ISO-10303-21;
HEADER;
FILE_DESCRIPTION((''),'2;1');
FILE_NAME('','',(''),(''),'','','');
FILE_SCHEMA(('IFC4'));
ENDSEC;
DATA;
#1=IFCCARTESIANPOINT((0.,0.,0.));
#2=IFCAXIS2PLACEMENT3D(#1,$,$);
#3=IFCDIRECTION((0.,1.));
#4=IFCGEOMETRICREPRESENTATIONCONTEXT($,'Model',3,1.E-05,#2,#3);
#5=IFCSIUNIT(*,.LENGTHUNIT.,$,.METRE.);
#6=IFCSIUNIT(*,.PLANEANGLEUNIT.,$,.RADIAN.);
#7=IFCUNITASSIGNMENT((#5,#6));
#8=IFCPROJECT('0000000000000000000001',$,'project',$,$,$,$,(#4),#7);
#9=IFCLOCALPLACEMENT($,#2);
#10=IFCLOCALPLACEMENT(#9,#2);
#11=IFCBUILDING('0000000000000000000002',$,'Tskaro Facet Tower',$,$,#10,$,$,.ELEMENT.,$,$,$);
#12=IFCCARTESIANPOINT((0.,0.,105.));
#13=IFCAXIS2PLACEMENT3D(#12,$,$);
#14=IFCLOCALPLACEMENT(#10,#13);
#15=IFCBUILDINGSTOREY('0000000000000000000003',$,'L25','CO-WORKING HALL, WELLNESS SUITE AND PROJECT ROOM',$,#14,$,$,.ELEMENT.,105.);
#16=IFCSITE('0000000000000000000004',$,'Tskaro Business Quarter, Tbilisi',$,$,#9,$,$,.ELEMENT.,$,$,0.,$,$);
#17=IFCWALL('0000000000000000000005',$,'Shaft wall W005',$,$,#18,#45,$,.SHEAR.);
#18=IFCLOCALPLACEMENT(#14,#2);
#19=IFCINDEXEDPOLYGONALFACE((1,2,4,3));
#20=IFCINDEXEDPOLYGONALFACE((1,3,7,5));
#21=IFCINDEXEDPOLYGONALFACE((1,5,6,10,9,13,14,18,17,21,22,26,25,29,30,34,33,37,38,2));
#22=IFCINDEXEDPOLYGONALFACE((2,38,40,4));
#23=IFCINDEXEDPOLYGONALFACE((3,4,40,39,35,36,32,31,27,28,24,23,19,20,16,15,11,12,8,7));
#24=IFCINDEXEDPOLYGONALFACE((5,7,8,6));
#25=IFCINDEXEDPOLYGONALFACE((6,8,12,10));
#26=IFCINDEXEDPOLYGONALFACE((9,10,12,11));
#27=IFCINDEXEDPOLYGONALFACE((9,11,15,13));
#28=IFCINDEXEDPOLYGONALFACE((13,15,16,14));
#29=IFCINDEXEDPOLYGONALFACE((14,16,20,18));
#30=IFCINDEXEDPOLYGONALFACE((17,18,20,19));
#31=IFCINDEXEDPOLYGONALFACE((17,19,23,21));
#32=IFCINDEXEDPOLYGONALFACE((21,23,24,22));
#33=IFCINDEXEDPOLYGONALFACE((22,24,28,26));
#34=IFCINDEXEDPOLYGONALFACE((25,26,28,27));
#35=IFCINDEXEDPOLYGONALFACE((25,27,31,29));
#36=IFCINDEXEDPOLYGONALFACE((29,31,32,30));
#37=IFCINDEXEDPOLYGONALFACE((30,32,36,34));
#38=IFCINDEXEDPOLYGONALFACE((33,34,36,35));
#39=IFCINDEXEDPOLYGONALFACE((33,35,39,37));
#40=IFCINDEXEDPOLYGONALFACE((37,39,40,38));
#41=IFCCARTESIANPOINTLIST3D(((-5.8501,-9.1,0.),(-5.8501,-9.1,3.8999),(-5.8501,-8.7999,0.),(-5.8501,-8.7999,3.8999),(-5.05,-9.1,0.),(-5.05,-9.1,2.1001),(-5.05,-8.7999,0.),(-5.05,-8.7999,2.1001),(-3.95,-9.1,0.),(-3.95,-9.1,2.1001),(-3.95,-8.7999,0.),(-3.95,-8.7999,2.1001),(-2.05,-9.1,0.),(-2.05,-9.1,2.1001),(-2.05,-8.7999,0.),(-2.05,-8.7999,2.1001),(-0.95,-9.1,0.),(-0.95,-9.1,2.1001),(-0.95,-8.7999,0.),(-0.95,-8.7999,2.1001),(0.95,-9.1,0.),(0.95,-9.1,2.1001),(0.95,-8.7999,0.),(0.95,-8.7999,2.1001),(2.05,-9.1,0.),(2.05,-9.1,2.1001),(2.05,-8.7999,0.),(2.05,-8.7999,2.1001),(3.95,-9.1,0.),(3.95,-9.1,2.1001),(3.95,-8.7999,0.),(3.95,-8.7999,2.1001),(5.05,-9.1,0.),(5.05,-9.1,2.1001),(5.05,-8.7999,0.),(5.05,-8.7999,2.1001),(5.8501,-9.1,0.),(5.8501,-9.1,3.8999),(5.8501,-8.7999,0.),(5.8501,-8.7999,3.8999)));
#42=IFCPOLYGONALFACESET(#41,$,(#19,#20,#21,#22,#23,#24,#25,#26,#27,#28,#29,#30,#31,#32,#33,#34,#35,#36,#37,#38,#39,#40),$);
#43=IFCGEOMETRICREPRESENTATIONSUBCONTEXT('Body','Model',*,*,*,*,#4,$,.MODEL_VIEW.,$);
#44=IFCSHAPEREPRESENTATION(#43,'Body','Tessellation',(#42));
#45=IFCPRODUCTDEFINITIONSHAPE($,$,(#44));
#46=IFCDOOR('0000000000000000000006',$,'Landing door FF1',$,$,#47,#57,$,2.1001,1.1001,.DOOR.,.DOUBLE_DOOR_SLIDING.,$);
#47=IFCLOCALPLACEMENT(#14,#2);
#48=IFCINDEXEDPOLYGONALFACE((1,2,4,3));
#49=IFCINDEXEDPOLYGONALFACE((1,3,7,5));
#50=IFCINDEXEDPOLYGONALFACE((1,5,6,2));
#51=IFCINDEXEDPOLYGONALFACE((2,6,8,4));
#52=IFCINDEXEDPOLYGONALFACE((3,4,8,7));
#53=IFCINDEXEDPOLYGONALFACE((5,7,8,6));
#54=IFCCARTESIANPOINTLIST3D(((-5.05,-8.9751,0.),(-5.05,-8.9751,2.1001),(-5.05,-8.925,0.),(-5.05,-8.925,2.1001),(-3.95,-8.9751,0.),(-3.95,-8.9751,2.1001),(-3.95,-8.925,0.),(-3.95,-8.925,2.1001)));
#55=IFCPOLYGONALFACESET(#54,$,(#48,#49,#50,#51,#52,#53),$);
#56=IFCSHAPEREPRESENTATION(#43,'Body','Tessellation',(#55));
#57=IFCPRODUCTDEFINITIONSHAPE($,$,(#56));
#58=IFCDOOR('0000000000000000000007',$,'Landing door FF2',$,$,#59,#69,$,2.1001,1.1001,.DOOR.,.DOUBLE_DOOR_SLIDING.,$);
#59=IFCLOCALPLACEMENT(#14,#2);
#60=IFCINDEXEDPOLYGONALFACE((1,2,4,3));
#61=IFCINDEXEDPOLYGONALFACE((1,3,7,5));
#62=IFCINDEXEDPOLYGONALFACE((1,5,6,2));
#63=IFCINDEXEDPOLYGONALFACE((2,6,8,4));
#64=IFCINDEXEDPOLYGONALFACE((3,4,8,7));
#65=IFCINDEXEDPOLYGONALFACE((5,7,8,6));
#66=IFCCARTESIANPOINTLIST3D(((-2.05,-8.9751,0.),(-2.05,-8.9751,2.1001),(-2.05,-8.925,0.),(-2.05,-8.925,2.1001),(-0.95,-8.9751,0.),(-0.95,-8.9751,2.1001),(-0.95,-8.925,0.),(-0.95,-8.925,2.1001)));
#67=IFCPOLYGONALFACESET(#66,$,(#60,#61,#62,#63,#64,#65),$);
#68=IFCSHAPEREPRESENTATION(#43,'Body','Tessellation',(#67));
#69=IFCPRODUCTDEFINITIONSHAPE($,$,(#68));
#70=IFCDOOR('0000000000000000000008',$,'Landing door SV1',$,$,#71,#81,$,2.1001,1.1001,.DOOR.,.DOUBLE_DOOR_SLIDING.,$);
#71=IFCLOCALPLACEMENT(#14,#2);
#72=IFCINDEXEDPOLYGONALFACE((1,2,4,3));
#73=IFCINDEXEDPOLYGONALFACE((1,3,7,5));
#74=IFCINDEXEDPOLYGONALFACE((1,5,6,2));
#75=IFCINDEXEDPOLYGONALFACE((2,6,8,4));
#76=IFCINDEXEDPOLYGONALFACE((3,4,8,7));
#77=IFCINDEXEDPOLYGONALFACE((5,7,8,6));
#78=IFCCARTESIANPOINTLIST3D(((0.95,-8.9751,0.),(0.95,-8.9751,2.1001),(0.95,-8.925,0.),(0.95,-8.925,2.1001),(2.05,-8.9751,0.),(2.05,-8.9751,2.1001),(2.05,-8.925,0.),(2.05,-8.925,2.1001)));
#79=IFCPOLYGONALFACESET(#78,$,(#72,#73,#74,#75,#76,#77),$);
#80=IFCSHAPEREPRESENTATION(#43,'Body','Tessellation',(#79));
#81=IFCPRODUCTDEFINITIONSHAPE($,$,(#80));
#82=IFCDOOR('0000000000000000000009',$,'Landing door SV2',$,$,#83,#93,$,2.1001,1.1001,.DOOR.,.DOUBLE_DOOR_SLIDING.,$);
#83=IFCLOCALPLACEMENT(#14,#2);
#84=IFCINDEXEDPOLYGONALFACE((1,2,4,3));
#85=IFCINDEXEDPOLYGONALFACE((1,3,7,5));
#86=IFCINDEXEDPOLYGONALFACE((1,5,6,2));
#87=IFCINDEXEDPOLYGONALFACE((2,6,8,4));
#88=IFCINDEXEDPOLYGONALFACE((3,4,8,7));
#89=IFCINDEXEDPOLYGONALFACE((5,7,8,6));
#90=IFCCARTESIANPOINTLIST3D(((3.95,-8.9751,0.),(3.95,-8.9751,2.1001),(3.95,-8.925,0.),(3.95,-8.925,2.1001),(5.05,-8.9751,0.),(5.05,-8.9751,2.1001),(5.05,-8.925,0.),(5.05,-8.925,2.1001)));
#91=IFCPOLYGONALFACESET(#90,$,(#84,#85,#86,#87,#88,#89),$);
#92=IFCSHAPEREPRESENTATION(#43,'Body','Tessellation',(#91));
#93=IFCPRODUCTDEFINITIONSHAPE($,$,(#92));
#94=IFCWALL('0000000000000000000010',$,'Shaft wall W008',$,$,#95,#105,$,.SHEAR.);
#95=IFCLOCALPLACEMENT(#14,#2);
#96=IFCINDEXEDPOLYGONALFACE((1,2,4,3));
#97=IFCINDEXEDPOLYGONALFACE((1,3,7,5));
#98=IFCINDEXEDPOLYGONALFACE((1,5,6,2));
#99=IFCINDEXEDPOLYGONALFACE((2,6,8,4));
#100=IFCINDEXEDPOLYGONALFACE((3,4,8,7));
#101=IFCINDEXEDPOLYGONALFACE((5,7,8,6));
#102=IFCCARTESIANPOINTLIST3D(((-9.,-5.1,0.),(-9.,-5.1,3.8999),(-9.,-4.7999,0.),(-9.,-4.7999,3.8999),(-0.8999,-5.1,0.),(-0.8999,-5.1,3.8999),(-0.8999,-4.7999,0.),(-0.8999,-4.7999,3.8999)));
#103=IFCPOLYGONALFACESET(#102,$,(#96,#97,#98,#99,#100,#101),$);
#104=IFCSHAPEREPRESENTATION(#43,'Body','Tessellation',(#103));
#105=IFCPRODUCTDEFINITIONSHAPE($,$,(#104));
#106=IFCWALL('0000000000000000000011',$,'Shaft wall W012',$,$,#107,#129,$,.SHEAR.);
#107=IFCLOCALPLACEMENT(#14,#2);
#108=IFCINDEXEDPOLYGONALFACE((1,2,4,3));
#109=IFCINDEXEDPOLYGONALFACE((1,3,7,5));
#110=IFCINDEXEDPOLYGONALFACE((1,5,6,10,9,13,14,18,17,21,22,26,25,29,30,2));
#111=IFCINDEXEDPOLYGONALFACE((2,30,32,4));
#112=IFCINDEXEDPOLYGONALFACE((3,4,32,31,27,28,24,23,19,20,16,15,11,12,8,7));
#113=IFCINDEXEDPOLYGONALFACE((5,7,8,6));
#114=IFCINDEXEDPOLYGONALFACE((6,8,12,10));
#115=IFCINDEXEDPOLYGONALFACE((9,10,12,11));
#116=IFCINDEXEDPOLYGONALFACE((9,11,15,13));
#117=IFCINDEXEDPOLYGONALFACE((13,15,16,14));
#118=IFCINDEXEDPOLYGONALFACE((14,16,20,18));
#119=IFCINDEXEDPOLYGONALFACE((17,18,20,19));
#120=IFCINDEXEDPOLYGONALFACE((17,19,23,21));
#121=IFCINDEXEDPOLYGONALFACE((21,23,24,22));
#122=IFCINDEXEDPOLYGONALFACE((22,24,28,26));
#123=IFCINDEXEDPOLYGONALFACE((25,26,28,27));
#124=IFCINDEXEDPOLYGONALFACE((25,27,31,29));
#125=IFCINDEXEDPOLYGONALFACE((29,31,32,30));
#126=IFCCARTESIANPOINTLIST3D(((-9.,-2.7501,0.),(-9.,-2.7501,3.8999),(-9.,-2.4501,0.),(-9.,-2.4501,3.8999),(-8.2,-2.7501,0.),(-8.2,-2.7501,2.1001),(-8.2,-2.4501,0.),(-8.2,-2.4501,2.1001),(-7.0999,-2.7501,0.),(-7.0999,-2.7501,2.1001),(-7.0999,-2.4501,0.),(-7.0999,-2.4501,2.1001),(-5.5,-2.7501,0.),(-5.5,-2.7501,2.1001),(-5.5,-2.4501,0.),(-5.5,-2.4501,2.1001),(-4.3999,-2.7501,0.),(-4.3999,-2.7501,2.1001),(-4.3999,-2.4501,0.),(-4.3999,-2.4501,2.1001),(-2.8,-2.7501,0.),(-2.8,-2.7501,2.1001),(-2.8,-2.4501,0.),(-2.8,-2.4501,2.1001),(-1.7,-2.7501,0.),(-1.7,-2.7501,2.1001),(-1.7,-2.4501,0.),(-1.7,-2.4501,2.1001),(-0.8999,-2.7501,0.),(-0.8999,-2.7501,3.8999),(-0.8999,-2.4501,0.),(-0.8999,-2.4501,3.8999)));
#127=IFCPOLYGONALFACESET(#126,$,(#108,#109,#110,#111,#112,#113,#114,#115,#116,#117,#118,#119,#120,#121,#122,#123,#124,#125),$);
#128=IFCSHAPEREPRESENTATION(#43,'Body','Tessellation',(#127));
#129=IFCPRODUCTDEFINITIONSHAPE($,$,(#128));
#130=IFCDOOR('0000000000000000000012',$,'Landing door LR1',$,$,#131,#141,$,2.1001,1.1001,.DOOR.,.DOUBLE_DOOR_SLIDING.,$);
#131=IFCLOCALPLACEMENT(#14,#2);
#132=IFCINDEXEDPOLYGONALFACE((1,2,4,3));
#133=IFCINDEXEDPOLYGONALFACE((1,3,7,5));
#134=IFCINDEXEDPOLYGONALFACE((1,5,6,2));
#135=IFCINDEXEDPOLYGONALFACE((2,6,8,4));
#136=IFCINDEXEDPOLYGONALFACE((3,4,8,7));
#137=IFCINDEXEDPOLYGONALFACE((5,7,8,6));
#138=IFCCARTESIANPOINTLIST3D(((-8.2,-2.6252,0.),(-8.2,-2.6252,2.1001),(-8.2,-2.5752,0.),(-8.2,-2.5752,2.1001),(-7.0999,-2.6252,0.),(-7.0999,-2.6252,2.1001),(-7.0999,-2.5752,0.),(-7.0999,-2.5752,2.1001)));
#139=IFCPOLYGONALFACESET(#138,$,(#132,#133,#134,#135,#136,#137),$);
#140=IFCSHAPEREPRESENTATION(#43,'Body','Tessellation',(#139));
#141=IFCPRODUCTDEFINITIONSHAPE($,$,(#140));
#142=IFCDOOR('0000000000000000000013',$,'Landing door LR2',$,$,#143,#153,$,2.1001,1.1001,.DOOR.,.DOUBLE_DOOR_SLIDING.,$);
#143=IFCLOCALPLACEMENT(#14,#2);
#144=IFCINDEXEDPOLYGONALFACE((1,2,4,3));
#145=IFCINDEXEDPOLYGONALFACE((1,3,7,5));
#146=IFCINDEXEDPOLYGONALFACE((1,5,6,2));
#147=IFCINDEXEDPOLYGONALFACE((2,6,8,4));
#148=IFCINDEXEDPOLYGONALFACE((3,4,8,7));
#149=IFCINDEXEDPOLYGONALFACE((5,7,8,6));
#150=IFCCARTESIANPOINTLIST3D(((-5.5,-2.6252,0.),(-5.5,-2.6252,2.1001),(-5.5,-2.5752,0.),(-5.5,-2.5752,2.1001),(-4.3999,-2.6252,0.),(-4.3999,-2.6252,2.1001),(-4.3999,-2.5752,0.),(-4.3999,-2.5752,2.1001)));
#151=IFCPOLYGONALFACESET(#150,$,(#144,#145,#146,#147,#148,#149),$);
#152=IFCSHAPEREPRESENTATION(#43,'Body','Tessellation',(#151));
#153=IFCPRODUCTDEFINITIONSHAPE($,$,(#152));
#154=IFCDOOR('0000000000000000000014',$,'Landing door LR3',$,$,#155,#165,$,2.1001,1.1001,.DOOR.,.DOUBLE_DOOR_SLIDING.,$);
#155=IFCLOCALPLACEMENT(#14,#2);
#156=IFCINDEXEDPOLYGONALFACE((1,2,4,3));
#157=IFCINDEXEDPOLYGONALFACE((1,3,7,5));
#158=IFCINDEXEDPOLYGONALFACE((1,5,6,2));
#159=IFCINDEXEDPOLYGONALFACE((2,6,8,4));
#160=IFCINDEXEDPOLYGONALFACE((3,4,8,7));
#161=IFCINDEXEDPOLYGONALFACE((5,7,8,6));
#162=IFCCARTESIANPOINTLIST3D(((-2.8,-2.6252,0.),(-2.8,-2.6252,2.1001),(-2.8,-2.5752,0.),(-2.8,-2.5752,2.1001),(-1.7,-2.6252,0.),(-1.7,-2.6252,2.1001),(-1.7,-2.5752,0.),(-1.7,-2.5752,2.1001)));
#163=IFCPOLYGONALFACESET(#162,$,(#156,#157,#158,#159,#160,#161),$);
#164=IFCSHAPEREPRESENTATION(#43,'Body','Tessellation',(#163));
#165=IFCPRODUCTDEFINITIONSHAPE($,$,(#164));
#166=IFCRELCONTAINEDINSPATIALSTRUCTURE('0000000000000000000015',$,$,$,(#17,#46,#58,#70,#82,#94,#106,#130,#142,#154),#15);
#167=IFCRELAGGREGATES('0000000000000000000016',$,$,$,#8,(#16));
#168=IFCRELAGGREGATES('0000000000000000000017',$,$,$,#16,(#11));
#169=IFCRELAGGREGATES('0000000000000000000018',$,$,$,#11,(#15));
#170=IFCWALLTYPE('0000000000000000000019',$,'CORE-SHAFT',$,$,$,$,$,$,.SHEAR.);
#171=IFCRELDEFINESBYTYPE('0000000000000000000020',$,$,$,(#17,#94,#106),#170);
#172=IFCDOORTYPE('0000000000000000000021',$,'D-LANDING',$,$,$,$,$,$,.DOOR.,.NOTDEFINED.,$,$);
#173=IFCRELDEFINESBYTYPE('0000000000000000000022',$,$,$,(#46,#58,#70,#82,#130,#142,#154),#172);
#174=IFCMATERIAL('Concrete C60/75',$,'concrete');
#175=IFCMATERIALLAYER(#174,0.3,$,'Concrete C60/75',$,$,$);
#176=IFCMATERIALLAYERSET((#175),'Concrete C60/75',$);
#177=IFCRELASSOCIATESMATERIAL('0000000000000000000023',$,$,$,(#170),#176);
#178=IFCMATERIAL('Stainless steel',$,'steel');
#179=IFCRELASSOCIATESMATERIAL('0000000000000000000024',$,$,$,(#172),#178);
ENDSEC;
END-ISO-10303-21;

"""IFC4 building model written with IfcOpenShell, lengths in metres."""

from ifc_helpers import new_model, si_unit, direction, frame, frame_2d, origin, place, context, subcontext, project, spatial, rectangle, extrude, material, layer, layer_set, type_object, element, fill, save


model = new_model("IFC4")

# Units and contexts
model_context = context("Model", 3, precision=1e-05, world=origin(), true_north=direction((0.0, 1.0)))
body_context = subcontext(model_context, "Body", "Model", "MODEL_VIEW")
ifc_project = project(units=[si_unit("LENGTHUNIT", "METRE"), si_unit("PLANEANGLEUNIT", "RADIAN")], contexts=[model_context])

# Site, building, storey
site_placement = place(None, origin())
site = spatial("IfcSite", under=ifc_project, at=site_placement, Name="Tskaro Business Quarter, Tbilisi", CompositionType="ELEMENT", RefElevation=0.0)
building_placement = place(site_placement, origin())
building = spatial("IfcBuilding", under=site, at=building_placement, Name="Tskaro Facet Tower", CompositionType="ELEMENT")
storey_placement = place(building_placement, frame((0.0, 0.0, 105.0)))
storey = spatial("IfcBuildingStorey", under=building, at=storey_placement, Name="L25", Description="CO-WORKING HALL, WELLNESS SUITE AND PROJECT ROOM", CompositionType="ELEMENT", Elevation=105.0)

# Shared definitions
ifc_material_1 = material(Name="Concrete C60/75", Category="concrete")

# Wall, openings, doors
ifc_layer_1 = layer(ifc_material_1, 0.3, Name="Concrete C60/75")
ifc_layer_set_1 = layer_set([ifc_layer_1], Name="Concrete C60/75")
wall_type = type_object("IfcWallType", Name="CORE-SHAFT", PredefinedType="SHEAR", material=ifc_layer_set_1)
wall_1_placement = place(storey_placement, frame((-5.8501, -8.95, 0.0), z_axis=(0.0, 0.0, 1.0), x_axis=(1.0, 0.0, 0.0)))
wall_1 = element("IfcWall", 1, at=wall_1_placement, inside=storey, type_object=wall_type, Name="Shaft wall W005", PredefinedType="SHEAR", context=body_context, shape_type="SweptSolid", body=[
    extrude(rectangle(XDim=11.7002, YDim=0.3, at=frame_2d((5.8501, 0.0))), origin(), (0.0, 0.0, 1.0), 3.8999),
])
opening_1_placement = place(wall_1_placement, frame((0.8, 0.0, 0.0)))
opening_1 = element("IfcOpeningElement", 2, at=opening_1_placement, cuts=wall_1, PredefinedType="OPENING", context=body_context, shape_type="SweptSolid", body=[
    extrude(rectangle(XDim=1.1001, YDim=2.1001, at=frame_2d((0.55, 1.05))), frame((0.0, 0.1599, 0.0), z_axis=(0.0, -1.0, 0.0), x_axis=(1.0, 0.0, 0.0)), (0.0, 0.0, 1.0), 0.3201),
])
opening_2_placement = place(wall_1_placement, frame((3.8, 0.0, 0.0)))
opening_2 = element("IfcOpeningElement", 3, at=opening_2_placement, cuts=wall_1, PredefinedType="OPENING", context=body_context, shape_type="SweptSolid", body=[
    extrude(rectangle(XDim=1.1001, YDim=2.1001, at=frame_2d((0.55, 1.05))), frame((0.0, 0.1599, 0.0), z_axis=(0.0, -1.0, 0.0), x_axis=(1.0, 0.0, 0.0)), (0.0, 0.0, 1.0), 0.3201),
])
opening_3_placement = place(wall_1_placement, frame((6.8, 0.0, 0.0)))
opening_3 = element("IfcOpeningElement", 4, at=opening_3_placement, cuts=wall_1, PredefinedType="OPENING", context=body_context, shape_type="SweptSolid", body=[
    extrude(rectangle(XDim=1.1001, YDim=2.1001, at=frame_2d((0.55, 1.05))), frame((0.0, 0.1599, 0.0), z_axis=(0.0, -1.0, 0.0), x_axis=(1.0, 0.0, 0.0)), (0.0, 0.0, 1.0), 0.3201),
])
opening_4_placement = place(wall_1_placement, frame((9.8, 0.0, 0.0)))
opening_4 = element("IfcOpeningElement", 5, at=opening_4_placement, cuts=wall_1, PredefinedType="OPENING", context=body_context, shape_type="SweptSolid", body=[
    extrude(rectangle(XDim=1.1001, YDim=2.1001, at=frame_2d((0.55, 1.05))), frame((0.0, 0.1599, 0.0), z_axis=(0.0, -1.0, 0.0), x_axis=(1.0, 0.0, 0.0)), (0.0, 0.0, 1.0), 0.3201),
])
ifc_material_2 = material(Name="Stainless steel", Category="steel")
door_type_1 = type_object("IfcDoorType", Name="D-LANDING", OperationType="NOTDEFINED", PredefinedType="DOOR", material=ifc_material_2)
door_1_placement = place(opening_1_placement, origin())
door_1 = element("IfcDoor", 6, at=door_1_placement, inside=storey, type_object=door_type_1, Name="Landing door FF1", OperationType="DOUBLE_DOOR_SLIDING", OverallHeight=2.1001, OverallWidth=1.1001, PredefinedType="DOOR", context=body_context, shape_type="SweptSolid", body=[
    extrude(rectangle(XDim=1.1001, YDim=2.1001, at=frame_2d((0.55, 1.05))), frame((0.0, 0.0249, 0.0), z_axis=(0.0, -1.0, 0.0), x_axis=(1.0, 0.0, 0.0)), (0.0, 0.0, 1.0), 0.05),
])
fill(opening_1, door_1)
door_2_placement = place(opening_2_placement, origin())
door_2 = element("IfcDoor", 7, at=door_2_placement, inside=storey, type_object=door_type_1, Name="Landing door FF2", OperationType="DOUBLE_DOOR_SLIDING", OverallHeight=2.1001, OverallWidth=1.1001, PredefinedType="DOOR", context=body_context, shape_type="SweptSolid", body=[
    extrude(rectangle(XDim=1.1001, YDim=2.1001, at=frame_2d((0.55, 1.05))), frame((0.0, 0.0249, 0.0), z_axis=(0.0, -1.0, 0.0), x_axis=(1.0, 0.0, 0.0)), (0.0, 0.0, 1.0), 0.05),
])
fill(opening_2, door_2)
door_3_placement = place(opening_3_placement, origin())
door_3 = element("IfcDoor", 8, at=door_3_placement, inside=storey, type_object=door_type_1, Name="Landing door SV1", OperationType="DOUBLE_DOOR_SLIDING", OverallHeight=2.1001, OverallWidth=1.1001, PredefinedType="DOOR", context=body_context, shape_type="SweptSolid", body=[
    extrude(rectangle(XDim=1.1001, YDim=2.1001, at=frame_2d((0.55, 1.05))), frame((0.0, 0.0249, 0.0), z_axis=(0.0, -1.0, 0.0), x_axis=(1.0, 0.0, 0.0)), (0.0, 0.0, 1.0), 0.05),
])
fill(opening_3, door_3)
door_4_placement = place(opening_4_placement, origin())
door_4 = element("IfcDoor", 9, at=door_4_placement, inside=storey, type_object=door_type_1, Name="Landing door SV2", OperationType="DOUBLE_DOOR_SLIDING", OverallHeight=2.1001, OverallWidth=1.1001, PredefinedType="DOOR", context=body_context, shape_type="SweptSolid", body=[
    extrude(rectangle(XDim=1.1001, YDim=2.1001, at=frame_2d((0.55, 1.05))), frame((0.0, 0.0249, 0.0), z_axis=(0.0, -1.0, 0.0), x_axis=(1.0, 0.0, 0.0)), (0.0, 0.0, 1.0), 0.05),
])
fill(opening_4, door_4)

# Wall
wall_2_placement = place(storey_placement, frame((-9.0, -4.95, 0.0), z_axis=(0.0, 0.0, 1.0), x_axis=(1.0, 0.0, 0.0)))
element("IfcWall", 10, at=wall_2_placement, inside=storey, type_object=wall_type, Name="Shaft wall W008", PredefinedType="SHEAR", context=body_context, shape_type="SweptSolid", body=[
    extrude(rectangle(XDim=8.1001, YDim=0.3, at=frame_2d((4.05, 0.0))), origin(), (0.0, 0.0, 1.0), 3.8999),
])

# Wall, openings, doors
wall_3_placement = place(storey_placement, frame((-9.0, -2.6001, 0.0), z_axis=(0.0, 0.0, 1.0), x_axis=(1.0, 0.0, 0.0)))
wall_3 = element("IfcWall", 11, at=wall_3_placement, inside=storey, type_object=wall_type, Name="Shaft wall W012", PredefinedType="SHEAR", context=body_context, shape_type="SweptSolid", body=[
    extrude(rectangle(XDim=8.1001, YDim=0.3, at=frame_2d((4.05, 0.0))), origin(), (0.0, 0.0, 1.0), 3.8999),
])
opening_5_placement = place(wall_3_placement, frame((0.8, 0.0, 0.0)))
opening_5 = element("IfcOpeningElement", 12, at=opening_5_placement, cuts=wall_3, PredefinedType="OPENING", context=body_context, shape_type="SweptSolid", body=[
    extrude(rectangle(XDim=1.1001, YDim=2.1001, at=frame_2d((0.55, 1.05))), frame((0.0, 0.1599, 0.0), z_axis=(0.0, -1.0, 0.0), x_axis=(1.0, 0.0, 0.0)), (0.0, 0.0, 1.0), 0.3201),
])
opening_6_placement = place(wall_3_placement, frame((3.5, 0.0, 0.0)))
opening_6 = element("IfcOpeningElement", 13, at=opening_6_placement, cuts=wall_3, PredefinedType="OPENING", context=body_context, shape_type="SweptSolid", body=[
    extrude(rectangle(XDim=1.1001, YDim=2.1001, at=frame_2d((0.55, 1.05))), frame((0.0, 0.1599, 0.0), z_axis=(0.0, -1.0, 0.0), x_axis=(1.0, 0.0, 0.0)), (0.0, 0.0, 1.0), 0.3201),
])
opening_7_placement = place(wall_3_placement, frame((6.2, 0.0, 0.0)))
opening_7 = element("IfcOpeningElement", 14, at=opening_7_placement, cuts=wall_3, PredefinedType="OPENING", context=body_context, shape_type="SweptSolid", body=[
    extrude(rectangle(XDim=1.1001, YDim=2.1001, at=frame_2d((0.55, 1.05))), frame((0.0, 0.1599, 0.0), z_axis=(0.0, -1.0, 0.0), x_axis=(1.0, 0.0, 0.0)), (0.0, 0.0, 1.0), 0.3201),
])
door_5_placement = place(opening_5_placement, origin())
door_5 = element("IfcDoor", 15, at=door_5_placement, inside=storey, type_object=door_type_1, Name="Landing door LR1", OperationType="DOUBLE_DOOR_SLIDING", OverallHeight=2.1001, OverallWidth=1.1001, PredefinedType="DOOR", context=body_context, shape_type="SweptSolid", body=[
    extrude(rectangle(XDim=1.1001, YDim=2.1001, at=frame_2d((0.55, 1.05))), frame((0.0, 0.0249, 0.0), z_axis=(0.0, -1.0, 0.0), x_axis=(1.0, 0.0, 0.0)), (0.0, 0.0, 1.0), 0.05),
])
fill(opening_5, door_5)
door_6_placement = place(opening_6_placement, origin())
door_6 = element("IfcDoor", 16, at=door_6_placement, inside=storey, type_object=door_type_1, Name="Landing door LR2", OperationType="DOUBLE_DOOR_SLIDING", OverallHeight=2.1001, OverallWidth=1.1001, PredefinedType="DOOR", context=body_context, shape_type="SweptSolid", body=[
    extrude(rectangle(XDim=1.1001, YDim=2.1001, at=frame_2d((0.55, 1.05))), frame((0.0, 0.0249, 0.0), z_axis=(0.0, -1.0, 0.0), x_axis=(1.0, 0.0, 0.0)), (0.0, 0.0, 1.0), 0.05),
])
fill(opening_6, door_6)
door_7_placement = place(opening_7_placement, origin())
door_7 = element("IfcDoor", 17, at=door_7_placement, inside=storey, type_object=door_type_1, Name="Landing door LR3", OperationType="DOUBLE_DOOR_SLIDING", OverallHeight=2.1001, OverallWidth=1.1001, PredefinedType="DOOR", context=body_context, shape_type="SweptSolid", body=[
    extrude(rectangle(XDim=1.1001, YDim=2.1001, at=frame_2d((0.55, 1.05))), frame((0.0, 0.0249, 0.0), z_axis=(0.0, -1.0, 0.0), x_axis=(1.0, 0.0, 0.0)), (0.0, 0.0, 1.0), 0.05),
])
fill(opening_7, door_7)

save(model, "model.ifc")
